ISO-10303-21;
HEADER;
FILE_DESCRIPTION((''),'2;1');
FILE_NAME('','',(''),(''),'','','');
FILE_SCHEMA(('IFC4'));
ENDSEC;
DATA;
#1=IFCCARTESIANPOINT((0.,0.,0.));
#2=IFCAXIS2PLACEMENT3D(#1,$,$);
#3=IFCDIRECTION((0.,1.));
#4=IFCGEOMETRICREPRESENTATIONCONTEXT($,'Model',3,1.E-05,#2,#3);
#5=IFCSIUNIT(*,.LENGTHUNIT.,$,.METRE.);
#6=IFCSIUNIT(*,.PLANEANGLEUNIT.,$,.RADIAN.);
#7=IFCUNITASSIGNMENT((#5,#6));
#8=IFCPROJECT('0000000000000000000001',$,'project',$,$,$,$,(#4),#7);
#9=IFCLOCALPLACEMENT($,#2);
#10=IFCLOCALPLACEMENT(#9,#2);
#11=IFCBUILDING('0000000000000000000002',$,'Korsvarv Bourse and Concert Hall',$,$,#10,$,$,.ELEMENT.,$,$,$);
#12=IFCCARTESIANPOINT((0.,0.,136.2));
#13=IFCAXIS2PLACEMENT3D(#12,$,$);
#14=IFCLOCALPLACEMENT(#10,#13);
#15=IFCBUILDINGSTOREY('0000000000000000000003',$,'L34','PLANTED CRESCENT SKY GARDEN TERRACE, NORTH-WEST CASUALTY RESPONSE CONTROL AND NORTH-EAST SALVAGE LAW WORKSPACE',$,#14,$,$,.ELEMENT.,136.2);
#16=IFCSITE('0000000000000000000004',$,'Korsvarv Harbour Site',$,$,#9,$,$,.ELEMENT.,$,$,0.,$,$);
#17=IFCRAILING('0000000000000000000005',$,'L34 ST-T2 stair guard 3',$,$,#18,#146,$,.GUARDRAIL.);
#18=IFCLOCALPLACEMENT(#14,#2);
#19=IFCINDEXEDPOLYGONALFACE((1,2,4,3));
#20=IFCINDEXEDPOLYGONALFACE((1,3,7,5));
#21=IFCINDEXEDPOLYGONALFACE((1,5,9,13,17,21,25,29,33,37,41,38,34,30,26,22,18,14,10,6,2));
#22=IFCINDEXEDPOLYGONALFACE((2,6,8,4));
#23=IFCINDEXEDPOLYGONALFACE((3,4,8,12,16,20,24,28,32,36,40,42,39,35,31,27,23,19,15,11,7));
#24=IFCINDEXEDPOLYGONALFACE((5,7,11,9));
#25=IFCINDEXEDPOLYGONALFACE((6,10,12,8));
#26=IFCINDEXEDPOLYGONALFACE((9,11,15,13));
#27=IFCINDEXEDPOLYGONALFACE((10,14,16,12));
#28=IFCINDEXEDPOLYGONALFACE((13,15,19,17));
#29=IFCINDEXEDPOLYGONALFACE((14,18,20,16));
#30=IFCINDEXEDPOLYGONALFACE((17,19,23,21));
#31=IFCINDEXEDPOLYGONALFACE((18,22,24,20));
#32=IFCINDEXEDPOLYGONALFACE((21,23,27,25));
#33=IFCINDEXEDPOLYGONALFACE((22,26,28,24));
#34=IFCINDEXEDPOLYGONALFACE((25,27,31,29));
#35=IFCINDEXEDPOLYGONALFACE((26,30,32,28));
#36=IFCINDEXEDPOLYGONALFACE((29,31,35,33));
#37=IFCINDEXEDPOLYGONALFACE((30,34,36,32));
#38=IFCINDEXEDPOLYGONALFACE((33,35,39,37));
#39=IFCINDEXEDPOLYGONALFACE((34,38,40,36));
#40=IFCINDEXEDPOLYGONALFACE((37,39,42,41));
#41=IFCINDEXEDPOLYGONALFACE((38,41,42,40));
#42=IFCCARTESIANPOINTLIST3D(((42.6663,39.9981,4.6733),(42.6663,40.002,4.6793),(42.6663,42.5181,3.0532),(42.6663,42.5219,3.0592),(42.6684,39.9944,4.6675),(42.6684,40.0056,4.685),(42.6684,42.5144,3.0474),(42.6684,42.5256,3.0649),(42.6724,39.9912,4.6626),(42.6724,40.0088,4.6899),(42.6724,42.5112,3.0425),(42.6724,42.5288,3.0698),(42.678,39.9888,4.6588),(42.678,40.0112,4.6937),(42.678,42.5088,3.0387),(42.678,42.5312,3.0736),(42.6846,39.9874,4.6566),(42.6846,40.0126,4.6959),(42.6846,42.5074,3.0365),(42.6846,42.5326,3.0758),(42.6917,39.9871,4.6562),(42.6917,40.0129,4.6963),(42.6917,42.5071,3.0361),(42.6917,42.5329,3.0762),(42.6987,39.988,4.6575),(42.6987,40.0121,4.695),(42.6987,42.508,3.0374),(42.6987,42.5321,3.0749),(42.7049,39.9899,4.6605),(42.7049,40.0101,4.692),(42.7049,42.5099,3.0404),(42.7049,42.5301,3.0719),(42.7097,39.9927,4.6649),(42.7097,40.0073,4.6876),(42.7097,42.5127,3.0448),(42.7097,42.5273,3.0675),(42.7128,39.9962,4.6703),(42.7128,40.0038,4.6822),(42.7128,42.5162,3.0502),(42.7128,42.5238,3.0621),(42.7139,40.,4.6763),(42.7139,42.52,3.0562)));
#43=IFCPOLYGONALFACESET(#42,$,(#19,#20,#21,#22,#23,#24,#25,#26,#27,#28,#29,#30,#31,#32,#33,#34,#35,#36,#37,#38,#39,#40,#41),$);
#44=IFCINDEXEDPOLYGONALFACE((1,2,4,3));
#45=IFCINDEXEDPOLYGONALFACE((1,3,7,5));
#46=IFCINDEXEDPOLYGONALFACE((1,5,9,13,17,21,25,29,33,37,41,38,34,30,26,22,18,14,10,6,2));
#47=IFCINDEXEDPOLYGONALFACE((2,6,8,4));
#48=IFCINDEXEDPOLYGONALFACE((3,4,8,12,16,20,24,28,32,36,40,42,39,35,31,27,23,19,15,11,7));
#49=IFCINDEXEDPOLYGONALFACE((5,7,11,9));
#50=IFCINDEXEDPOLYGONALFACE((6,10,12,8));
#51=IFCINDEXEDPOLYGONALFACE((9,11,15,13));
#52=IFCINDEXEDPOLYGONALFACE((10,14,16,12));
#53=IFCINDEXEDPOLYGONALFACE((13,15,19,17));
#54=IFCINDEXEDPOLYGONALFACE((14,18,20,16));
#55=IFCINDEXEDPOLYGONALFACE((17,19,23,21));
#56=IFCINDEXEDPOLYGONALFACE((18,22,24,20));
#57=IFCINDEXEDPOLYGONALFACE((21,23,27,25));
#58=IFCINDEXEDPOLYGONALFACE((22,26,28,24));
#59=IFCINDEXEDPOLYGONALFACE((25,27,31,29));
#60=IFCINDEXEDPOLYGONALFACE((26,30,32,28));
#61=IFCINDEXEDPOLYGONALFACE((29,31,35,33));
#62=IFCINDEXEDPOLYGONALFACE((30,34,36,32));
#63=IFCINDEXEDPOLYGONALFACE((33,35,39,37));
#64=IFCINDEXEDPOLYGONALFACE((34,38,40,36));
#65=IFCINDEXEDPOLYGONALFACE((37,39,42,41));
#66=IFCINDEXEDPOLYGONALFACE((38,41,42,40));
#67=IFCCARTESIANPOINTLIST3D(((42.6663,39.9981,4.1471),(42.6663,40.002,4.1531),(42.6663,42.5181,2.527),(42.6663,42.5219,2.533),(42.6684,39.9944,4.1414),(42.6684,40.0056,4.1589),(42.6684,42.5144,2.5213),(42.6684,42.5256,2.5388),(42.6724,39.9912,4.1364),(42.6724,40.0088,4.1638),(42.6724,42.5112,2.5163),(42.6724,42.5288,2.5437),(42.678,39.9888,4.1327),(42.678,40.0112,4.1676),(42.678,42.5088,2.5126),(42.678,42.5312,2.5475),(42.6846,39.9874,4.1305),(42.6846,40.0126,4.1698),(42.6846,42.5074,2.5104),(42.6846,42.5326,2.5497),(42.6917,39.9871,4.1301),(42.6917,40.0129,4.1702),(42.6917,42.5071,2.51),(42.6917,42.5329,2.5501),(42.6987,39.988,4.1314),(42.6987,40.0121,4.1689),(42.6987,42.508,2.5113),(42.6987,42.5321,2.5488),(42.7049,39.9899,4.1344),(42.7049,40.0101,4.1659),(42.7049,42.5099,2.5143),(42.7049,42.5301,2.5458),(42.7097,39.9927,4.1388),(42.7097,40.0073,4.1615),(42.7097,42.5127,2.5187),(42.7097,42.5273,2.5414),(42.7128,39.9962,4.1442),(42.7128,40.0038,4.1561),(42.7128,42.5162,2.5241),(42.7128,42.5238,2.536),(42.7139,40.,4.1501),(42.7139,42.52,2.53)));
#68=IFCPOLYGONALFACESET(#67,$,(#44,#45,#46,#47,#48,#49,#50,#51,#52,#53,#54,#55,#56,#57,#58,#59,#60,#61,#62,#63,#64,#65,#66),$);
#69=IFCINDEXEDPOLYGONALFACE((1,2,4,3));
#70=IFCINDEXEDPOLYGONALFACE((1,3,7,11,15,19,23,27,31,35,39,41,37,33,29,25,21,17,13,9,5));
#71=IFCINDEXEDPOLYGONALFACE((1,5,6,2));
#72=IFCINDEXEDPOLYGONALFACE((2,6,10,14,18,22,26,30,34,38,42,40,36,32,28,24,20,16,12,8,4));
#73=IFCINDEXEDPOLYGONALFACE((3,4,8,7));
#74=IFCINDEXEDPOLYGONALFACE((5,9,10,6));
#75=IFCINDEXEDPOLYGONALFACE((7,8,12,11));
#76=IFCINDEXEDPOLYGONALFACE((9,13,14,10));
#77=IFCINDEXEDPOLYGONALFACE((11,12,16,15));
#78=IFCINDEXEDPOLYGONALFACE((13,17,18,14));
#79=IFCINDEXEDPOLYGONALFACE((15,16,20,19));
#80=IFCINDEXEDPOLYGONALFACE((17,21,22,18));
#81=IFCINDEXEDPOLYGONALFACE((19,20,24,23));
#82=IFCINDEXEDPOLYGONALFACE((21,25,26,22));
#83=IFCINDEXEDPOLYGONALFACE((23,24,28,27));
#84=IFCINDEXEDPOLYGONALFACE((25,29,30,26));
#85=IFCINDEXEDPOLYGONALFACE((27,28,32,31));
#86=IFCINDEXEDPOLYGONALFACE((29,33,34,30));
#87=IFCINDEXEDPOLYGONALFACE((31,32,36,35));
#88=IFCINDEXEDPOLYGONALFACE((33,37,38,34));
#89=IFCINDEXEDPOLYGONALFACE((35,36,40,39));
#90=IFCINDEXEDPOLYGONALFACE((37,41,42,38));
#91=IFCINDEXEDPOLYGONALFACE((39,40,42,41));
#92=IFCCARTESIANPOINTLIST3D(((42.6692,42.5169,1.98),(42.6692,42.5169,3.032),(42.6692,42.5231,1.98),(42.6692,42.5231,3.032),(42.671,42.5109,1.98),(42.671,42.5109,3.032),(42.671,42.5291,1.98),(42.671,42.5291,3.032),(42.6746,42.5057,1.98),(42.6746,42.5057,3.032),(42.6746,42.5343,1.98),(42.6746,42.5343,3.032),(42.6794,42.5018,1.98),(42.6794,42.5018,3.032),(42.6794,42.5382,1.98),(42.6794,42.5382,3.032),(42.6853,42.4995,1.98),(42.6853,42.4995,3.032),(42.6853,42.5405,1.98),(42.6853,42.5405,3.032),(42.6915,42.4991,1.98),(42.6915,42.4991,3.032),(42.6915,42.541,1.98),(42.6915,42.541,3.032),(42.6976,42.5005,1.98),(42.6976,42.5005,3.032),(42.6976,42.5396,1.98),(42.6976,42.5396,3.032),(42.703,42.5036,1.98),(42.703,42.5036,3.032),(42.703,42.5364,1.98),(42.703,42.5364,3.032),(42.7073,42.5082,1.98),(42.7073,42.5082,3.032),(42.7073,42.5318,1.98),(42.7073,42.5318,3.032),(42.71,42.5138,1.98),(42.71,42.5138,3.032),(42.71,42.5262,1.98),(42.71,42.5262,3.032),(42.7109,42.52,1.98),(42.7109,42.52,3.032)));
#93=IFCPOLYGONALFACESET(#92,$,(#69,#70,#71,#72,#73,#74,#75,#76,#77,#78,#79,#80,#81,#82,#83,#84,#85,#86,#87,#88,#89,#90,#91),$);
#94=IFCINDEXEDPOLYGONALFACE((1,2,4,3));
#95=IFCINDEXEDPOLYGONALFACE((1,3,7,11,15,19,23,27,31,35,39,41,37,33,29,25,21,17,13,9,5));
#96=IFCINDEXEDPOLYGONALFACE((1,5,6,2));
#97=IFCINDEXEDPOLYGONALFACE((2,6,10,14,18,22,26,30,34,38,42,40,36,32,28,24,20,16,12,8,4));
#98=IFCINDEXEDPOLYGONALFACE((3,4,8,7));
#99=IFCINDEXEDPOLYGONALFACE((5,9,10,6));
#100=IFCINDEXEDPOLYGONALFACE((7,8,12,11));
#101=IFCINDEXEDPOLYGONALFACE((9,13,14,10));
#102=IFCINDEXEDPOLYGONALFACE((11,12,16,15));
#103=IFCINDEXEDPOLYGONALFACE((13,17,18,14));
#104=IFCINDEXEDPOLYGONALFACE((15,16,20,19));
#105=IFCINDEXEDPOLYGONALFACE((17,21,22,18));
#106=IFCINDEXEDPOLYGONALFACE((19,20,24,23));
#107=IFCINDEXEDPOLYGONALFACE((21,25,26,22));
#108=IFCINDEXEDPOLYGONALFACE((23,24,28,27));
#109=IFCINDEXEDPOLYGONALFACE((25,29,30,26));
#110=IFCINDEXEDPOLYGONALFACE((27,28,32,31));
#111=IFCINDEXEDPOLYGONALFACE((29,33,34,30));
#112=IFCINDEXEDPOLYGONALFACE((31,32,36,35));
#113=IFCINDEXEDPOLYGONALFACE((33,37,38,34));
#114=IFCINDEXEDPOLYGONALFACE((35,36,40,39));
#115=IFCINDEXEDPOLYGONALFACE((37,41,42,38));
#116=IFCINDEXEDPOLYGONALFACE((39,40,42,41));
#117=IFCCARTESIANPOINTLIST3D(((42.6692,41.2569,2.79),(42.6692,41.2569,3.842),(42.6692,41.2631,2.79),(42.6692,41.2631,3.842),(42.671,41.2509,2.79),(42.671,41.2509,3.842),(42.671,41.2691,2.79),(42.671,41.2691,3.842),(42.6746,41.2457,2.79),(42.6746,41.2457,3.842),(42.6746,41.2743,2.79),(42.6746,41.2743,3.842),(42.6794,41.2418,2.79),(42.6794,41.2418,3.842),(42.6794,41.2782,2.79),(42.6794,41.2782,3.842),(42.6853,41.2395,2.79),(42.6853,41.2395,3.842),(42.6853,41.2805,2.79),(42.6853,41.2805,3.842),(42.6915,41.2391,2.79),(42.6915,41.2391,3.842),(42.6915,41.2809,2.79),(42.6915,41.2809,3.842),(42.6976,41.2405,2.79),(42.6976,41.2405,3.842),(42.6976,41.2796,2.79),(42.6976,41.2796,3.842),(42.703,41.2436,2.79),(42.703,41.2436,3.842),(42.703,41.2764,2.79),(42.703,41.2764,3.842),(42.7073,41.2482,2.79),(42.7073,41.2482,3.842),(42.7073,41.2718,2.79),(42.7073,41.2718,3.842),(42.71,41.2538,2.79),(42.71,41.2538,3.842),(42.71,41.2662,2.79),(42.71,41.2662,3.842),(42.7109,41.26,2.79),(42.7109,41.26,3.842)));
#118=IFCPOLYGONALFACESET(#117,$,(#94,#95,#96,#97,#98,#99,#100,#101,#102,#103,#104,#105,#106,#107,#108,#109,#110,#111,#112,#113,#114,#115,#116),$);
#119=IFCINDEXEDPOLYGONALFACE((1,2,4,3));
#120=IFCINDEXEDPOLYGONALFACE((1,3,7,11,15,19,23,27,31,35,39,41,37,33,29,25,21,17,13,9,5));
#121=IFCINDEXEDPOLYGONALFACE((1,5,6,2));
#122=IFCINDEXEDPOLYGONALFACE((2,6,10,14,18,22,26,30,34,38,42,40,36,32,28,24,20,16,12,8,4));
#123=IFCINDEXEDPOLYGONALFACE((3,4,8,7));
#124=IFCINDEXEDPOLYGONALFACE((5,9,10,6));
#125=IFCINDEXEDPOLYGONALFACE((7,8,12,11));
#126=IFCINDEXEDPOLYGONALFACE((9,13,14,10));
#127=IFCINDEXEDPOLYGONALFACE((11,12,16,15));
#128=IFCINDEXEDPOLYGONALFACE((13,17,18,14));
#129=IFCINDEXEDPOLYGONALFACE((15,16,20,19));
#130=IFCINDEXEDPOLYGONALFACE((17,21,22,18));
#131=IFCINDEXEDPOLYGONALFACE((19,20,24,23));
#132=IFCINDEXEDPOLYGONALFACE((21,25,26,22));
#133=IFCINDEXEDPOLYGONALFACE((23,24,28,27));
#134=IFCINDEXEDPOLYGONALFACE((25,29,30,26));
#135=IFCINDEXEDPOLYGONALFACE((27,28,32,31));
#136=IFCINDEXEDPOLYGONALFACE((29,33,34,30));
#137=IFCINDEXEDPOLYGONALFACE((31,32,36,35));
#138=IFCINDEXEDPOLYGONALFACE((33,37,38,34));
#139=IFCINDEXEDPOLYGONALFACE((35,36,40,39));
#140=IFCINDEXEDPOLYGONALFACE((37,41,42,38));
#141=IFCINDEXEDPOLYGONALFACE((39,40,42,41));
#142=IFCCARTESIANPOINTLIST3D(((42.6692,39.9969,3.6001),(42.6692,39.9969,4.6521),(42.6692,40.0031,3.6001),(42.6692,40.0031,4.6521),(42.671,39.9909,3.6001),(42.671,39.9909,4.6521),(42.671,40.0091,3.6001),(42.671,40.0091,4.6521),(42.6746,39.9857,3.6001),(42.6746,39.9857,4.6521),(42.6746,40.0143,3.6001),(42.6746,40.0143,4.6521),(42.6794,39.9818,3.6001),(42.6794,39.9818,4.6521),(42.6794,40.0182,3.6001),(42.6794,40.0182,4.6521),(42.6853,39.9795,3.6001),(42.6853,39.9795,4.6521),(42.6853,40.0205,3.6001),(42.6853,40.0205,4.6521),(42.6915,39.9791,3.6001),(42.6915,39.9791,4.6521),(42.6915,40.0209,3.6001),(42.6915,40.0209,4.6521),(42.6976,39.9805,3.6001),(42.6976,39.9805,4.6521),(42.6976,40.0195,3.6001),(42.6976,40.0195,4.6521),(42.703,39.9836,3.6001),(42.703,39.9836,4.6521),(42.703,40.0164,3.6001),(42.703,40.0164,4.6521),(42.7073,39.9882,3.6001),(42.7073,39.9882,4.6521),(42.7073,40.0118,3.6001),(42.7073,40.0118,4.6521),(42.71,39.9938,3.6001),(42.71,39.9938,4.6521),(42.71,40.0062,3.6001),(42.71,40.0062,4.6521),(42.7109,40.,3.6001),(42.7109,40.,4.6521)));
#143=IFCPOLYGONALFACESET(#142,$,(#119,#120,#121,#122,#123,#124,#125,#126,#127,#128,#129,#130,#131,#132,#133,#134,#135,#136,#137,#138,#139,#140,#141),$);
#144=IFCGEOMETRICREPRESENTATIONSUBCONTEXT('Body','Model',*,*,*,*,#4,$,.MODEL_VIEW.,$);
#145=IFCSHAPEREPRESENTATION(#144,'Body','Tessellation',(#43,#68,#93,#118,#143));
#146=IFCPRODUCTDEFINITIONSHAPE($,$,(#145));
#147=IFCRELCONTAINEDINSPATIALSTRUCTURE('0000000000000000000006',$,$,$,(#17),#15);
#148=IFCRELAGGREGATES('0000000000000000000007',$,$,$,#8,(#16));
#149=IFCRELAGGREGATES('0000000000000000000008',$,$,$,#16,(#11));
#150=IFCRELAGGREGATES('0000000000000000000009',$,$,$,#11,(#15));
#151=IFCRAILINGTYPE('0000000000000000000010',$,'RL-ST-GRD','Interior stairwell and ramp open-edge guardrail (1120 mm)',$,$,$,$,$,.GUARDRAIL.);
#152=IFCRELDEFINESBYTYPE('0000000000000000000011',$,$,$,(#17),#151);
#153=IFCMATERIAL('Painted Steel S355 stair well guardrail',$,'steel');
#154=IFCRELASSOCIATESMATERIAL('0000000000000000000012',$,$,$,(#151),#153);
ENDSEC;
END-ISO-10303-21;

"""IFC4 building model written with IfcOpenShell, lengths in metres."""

from ifc_helpers import new_model, si_unit, direction, frame, origin, origin_2d, place, context, subcontext, project, spatial, circle, extrude, material, type_object, element, save


model = new_model("IFC4")

# Units and contexts
model_context = context("Model", 3, precision=1e-05, world=origin(), true_north=direction((0.0, 1.0)))
body_context = subcontext(model_context, "Body", "Model", "MODEL_VIEW")
ifc_project = project(units=[si_unit("LENGTHUNIT", "METRE"), si_unit("PLANEANGLEUNIT", "RADIAN")], contexts=[model_context])

# Site, building, storey
site_placement = place(None, origin())
site = spatial("IfcSite", under=ifc_project, at=site_placement, Name="Korsvarv Harbour Site", CompositionType="ELEMENT", RefElevation=0.0)
building_placement = place(site_placement, origin())
building = spatial("IfcBuilding", under=site, at=building_placement, Name="Korsvarv Bourse and Concert Hall", CompositionType="ELEMENT")
storey_placement = place(building_placement, frame((0.0, 0.0, 136.2)))
storey = spatial("IfcBuildingStorey", under=building, at=storey_placement, Name="L34", Description="PLANTED CRESCENT SKY GARDEN TERRACE, NORTH-WEST CASUALTY RESPONSE CONTROL AND NORTH-EAST SALVAGE LAW WORKSPACE", CompositionType="ELEMENT", Elevation=136.2)

# Railing
ifc_material_1 = material(Name="Painted Steel S355 stair well guardrail", Category="steel")
railing_type_1 = type_object("IfcRailingType", Name="RL-ST-GRD", Description="Interior stairwell and ramp open-edge guardrail (1120 mm)", PredefinedType="GUARDRAIL", material=ifc_material_1)
railing_1_placement = place(storey_placement, frame((42.6899, 42.52, 1.98)))
element("IfcRailing", 1, at=railing_1_placement, inside=storey, type_object=railing_type_1, Name="L34 ST-T2 stair guard 3", PredefinedType="GUARDRAIL", context=body_context, shape_type="SweptSolid", body=[
    extrude(circle(Radius=0.0239, at=origin_2d()), frame((0.0, 0.0, 1.0762), z_axis=(0.0, -0.841163, 0.540782), x_axis=(1.0, 0.0, 0.0)), (0.0, 0.0, 1.0), 2.9958),
    extrude(circle(Radius=0.0239, at=origin_2d()), frame((0.0, 0.0, 0.55), z_axis=(0.0, -0.841163, 0.540782), x_axis=(1.0, 0.0, 0.0)), (0.0, 0.0, 1.0), 2.9958),
    extrude(circle(Radius=0.021, at=origin_2d()), origin(), (0.0, 0.0, 1.0), 1.052),
    extrude(circle(Radius=0.021, at=origin_2d()), frame((0.0, -1.26, 0.8101)), (0.0, 0.0, 1.0), 1.052),
    extrude(circle(Radius=0.021, at=origin_2d()), frame((0.0, -2.52, 1.6201)), (0.0, 0.0, 1.0), 1.052),
])

save(model, "model.ifc")
